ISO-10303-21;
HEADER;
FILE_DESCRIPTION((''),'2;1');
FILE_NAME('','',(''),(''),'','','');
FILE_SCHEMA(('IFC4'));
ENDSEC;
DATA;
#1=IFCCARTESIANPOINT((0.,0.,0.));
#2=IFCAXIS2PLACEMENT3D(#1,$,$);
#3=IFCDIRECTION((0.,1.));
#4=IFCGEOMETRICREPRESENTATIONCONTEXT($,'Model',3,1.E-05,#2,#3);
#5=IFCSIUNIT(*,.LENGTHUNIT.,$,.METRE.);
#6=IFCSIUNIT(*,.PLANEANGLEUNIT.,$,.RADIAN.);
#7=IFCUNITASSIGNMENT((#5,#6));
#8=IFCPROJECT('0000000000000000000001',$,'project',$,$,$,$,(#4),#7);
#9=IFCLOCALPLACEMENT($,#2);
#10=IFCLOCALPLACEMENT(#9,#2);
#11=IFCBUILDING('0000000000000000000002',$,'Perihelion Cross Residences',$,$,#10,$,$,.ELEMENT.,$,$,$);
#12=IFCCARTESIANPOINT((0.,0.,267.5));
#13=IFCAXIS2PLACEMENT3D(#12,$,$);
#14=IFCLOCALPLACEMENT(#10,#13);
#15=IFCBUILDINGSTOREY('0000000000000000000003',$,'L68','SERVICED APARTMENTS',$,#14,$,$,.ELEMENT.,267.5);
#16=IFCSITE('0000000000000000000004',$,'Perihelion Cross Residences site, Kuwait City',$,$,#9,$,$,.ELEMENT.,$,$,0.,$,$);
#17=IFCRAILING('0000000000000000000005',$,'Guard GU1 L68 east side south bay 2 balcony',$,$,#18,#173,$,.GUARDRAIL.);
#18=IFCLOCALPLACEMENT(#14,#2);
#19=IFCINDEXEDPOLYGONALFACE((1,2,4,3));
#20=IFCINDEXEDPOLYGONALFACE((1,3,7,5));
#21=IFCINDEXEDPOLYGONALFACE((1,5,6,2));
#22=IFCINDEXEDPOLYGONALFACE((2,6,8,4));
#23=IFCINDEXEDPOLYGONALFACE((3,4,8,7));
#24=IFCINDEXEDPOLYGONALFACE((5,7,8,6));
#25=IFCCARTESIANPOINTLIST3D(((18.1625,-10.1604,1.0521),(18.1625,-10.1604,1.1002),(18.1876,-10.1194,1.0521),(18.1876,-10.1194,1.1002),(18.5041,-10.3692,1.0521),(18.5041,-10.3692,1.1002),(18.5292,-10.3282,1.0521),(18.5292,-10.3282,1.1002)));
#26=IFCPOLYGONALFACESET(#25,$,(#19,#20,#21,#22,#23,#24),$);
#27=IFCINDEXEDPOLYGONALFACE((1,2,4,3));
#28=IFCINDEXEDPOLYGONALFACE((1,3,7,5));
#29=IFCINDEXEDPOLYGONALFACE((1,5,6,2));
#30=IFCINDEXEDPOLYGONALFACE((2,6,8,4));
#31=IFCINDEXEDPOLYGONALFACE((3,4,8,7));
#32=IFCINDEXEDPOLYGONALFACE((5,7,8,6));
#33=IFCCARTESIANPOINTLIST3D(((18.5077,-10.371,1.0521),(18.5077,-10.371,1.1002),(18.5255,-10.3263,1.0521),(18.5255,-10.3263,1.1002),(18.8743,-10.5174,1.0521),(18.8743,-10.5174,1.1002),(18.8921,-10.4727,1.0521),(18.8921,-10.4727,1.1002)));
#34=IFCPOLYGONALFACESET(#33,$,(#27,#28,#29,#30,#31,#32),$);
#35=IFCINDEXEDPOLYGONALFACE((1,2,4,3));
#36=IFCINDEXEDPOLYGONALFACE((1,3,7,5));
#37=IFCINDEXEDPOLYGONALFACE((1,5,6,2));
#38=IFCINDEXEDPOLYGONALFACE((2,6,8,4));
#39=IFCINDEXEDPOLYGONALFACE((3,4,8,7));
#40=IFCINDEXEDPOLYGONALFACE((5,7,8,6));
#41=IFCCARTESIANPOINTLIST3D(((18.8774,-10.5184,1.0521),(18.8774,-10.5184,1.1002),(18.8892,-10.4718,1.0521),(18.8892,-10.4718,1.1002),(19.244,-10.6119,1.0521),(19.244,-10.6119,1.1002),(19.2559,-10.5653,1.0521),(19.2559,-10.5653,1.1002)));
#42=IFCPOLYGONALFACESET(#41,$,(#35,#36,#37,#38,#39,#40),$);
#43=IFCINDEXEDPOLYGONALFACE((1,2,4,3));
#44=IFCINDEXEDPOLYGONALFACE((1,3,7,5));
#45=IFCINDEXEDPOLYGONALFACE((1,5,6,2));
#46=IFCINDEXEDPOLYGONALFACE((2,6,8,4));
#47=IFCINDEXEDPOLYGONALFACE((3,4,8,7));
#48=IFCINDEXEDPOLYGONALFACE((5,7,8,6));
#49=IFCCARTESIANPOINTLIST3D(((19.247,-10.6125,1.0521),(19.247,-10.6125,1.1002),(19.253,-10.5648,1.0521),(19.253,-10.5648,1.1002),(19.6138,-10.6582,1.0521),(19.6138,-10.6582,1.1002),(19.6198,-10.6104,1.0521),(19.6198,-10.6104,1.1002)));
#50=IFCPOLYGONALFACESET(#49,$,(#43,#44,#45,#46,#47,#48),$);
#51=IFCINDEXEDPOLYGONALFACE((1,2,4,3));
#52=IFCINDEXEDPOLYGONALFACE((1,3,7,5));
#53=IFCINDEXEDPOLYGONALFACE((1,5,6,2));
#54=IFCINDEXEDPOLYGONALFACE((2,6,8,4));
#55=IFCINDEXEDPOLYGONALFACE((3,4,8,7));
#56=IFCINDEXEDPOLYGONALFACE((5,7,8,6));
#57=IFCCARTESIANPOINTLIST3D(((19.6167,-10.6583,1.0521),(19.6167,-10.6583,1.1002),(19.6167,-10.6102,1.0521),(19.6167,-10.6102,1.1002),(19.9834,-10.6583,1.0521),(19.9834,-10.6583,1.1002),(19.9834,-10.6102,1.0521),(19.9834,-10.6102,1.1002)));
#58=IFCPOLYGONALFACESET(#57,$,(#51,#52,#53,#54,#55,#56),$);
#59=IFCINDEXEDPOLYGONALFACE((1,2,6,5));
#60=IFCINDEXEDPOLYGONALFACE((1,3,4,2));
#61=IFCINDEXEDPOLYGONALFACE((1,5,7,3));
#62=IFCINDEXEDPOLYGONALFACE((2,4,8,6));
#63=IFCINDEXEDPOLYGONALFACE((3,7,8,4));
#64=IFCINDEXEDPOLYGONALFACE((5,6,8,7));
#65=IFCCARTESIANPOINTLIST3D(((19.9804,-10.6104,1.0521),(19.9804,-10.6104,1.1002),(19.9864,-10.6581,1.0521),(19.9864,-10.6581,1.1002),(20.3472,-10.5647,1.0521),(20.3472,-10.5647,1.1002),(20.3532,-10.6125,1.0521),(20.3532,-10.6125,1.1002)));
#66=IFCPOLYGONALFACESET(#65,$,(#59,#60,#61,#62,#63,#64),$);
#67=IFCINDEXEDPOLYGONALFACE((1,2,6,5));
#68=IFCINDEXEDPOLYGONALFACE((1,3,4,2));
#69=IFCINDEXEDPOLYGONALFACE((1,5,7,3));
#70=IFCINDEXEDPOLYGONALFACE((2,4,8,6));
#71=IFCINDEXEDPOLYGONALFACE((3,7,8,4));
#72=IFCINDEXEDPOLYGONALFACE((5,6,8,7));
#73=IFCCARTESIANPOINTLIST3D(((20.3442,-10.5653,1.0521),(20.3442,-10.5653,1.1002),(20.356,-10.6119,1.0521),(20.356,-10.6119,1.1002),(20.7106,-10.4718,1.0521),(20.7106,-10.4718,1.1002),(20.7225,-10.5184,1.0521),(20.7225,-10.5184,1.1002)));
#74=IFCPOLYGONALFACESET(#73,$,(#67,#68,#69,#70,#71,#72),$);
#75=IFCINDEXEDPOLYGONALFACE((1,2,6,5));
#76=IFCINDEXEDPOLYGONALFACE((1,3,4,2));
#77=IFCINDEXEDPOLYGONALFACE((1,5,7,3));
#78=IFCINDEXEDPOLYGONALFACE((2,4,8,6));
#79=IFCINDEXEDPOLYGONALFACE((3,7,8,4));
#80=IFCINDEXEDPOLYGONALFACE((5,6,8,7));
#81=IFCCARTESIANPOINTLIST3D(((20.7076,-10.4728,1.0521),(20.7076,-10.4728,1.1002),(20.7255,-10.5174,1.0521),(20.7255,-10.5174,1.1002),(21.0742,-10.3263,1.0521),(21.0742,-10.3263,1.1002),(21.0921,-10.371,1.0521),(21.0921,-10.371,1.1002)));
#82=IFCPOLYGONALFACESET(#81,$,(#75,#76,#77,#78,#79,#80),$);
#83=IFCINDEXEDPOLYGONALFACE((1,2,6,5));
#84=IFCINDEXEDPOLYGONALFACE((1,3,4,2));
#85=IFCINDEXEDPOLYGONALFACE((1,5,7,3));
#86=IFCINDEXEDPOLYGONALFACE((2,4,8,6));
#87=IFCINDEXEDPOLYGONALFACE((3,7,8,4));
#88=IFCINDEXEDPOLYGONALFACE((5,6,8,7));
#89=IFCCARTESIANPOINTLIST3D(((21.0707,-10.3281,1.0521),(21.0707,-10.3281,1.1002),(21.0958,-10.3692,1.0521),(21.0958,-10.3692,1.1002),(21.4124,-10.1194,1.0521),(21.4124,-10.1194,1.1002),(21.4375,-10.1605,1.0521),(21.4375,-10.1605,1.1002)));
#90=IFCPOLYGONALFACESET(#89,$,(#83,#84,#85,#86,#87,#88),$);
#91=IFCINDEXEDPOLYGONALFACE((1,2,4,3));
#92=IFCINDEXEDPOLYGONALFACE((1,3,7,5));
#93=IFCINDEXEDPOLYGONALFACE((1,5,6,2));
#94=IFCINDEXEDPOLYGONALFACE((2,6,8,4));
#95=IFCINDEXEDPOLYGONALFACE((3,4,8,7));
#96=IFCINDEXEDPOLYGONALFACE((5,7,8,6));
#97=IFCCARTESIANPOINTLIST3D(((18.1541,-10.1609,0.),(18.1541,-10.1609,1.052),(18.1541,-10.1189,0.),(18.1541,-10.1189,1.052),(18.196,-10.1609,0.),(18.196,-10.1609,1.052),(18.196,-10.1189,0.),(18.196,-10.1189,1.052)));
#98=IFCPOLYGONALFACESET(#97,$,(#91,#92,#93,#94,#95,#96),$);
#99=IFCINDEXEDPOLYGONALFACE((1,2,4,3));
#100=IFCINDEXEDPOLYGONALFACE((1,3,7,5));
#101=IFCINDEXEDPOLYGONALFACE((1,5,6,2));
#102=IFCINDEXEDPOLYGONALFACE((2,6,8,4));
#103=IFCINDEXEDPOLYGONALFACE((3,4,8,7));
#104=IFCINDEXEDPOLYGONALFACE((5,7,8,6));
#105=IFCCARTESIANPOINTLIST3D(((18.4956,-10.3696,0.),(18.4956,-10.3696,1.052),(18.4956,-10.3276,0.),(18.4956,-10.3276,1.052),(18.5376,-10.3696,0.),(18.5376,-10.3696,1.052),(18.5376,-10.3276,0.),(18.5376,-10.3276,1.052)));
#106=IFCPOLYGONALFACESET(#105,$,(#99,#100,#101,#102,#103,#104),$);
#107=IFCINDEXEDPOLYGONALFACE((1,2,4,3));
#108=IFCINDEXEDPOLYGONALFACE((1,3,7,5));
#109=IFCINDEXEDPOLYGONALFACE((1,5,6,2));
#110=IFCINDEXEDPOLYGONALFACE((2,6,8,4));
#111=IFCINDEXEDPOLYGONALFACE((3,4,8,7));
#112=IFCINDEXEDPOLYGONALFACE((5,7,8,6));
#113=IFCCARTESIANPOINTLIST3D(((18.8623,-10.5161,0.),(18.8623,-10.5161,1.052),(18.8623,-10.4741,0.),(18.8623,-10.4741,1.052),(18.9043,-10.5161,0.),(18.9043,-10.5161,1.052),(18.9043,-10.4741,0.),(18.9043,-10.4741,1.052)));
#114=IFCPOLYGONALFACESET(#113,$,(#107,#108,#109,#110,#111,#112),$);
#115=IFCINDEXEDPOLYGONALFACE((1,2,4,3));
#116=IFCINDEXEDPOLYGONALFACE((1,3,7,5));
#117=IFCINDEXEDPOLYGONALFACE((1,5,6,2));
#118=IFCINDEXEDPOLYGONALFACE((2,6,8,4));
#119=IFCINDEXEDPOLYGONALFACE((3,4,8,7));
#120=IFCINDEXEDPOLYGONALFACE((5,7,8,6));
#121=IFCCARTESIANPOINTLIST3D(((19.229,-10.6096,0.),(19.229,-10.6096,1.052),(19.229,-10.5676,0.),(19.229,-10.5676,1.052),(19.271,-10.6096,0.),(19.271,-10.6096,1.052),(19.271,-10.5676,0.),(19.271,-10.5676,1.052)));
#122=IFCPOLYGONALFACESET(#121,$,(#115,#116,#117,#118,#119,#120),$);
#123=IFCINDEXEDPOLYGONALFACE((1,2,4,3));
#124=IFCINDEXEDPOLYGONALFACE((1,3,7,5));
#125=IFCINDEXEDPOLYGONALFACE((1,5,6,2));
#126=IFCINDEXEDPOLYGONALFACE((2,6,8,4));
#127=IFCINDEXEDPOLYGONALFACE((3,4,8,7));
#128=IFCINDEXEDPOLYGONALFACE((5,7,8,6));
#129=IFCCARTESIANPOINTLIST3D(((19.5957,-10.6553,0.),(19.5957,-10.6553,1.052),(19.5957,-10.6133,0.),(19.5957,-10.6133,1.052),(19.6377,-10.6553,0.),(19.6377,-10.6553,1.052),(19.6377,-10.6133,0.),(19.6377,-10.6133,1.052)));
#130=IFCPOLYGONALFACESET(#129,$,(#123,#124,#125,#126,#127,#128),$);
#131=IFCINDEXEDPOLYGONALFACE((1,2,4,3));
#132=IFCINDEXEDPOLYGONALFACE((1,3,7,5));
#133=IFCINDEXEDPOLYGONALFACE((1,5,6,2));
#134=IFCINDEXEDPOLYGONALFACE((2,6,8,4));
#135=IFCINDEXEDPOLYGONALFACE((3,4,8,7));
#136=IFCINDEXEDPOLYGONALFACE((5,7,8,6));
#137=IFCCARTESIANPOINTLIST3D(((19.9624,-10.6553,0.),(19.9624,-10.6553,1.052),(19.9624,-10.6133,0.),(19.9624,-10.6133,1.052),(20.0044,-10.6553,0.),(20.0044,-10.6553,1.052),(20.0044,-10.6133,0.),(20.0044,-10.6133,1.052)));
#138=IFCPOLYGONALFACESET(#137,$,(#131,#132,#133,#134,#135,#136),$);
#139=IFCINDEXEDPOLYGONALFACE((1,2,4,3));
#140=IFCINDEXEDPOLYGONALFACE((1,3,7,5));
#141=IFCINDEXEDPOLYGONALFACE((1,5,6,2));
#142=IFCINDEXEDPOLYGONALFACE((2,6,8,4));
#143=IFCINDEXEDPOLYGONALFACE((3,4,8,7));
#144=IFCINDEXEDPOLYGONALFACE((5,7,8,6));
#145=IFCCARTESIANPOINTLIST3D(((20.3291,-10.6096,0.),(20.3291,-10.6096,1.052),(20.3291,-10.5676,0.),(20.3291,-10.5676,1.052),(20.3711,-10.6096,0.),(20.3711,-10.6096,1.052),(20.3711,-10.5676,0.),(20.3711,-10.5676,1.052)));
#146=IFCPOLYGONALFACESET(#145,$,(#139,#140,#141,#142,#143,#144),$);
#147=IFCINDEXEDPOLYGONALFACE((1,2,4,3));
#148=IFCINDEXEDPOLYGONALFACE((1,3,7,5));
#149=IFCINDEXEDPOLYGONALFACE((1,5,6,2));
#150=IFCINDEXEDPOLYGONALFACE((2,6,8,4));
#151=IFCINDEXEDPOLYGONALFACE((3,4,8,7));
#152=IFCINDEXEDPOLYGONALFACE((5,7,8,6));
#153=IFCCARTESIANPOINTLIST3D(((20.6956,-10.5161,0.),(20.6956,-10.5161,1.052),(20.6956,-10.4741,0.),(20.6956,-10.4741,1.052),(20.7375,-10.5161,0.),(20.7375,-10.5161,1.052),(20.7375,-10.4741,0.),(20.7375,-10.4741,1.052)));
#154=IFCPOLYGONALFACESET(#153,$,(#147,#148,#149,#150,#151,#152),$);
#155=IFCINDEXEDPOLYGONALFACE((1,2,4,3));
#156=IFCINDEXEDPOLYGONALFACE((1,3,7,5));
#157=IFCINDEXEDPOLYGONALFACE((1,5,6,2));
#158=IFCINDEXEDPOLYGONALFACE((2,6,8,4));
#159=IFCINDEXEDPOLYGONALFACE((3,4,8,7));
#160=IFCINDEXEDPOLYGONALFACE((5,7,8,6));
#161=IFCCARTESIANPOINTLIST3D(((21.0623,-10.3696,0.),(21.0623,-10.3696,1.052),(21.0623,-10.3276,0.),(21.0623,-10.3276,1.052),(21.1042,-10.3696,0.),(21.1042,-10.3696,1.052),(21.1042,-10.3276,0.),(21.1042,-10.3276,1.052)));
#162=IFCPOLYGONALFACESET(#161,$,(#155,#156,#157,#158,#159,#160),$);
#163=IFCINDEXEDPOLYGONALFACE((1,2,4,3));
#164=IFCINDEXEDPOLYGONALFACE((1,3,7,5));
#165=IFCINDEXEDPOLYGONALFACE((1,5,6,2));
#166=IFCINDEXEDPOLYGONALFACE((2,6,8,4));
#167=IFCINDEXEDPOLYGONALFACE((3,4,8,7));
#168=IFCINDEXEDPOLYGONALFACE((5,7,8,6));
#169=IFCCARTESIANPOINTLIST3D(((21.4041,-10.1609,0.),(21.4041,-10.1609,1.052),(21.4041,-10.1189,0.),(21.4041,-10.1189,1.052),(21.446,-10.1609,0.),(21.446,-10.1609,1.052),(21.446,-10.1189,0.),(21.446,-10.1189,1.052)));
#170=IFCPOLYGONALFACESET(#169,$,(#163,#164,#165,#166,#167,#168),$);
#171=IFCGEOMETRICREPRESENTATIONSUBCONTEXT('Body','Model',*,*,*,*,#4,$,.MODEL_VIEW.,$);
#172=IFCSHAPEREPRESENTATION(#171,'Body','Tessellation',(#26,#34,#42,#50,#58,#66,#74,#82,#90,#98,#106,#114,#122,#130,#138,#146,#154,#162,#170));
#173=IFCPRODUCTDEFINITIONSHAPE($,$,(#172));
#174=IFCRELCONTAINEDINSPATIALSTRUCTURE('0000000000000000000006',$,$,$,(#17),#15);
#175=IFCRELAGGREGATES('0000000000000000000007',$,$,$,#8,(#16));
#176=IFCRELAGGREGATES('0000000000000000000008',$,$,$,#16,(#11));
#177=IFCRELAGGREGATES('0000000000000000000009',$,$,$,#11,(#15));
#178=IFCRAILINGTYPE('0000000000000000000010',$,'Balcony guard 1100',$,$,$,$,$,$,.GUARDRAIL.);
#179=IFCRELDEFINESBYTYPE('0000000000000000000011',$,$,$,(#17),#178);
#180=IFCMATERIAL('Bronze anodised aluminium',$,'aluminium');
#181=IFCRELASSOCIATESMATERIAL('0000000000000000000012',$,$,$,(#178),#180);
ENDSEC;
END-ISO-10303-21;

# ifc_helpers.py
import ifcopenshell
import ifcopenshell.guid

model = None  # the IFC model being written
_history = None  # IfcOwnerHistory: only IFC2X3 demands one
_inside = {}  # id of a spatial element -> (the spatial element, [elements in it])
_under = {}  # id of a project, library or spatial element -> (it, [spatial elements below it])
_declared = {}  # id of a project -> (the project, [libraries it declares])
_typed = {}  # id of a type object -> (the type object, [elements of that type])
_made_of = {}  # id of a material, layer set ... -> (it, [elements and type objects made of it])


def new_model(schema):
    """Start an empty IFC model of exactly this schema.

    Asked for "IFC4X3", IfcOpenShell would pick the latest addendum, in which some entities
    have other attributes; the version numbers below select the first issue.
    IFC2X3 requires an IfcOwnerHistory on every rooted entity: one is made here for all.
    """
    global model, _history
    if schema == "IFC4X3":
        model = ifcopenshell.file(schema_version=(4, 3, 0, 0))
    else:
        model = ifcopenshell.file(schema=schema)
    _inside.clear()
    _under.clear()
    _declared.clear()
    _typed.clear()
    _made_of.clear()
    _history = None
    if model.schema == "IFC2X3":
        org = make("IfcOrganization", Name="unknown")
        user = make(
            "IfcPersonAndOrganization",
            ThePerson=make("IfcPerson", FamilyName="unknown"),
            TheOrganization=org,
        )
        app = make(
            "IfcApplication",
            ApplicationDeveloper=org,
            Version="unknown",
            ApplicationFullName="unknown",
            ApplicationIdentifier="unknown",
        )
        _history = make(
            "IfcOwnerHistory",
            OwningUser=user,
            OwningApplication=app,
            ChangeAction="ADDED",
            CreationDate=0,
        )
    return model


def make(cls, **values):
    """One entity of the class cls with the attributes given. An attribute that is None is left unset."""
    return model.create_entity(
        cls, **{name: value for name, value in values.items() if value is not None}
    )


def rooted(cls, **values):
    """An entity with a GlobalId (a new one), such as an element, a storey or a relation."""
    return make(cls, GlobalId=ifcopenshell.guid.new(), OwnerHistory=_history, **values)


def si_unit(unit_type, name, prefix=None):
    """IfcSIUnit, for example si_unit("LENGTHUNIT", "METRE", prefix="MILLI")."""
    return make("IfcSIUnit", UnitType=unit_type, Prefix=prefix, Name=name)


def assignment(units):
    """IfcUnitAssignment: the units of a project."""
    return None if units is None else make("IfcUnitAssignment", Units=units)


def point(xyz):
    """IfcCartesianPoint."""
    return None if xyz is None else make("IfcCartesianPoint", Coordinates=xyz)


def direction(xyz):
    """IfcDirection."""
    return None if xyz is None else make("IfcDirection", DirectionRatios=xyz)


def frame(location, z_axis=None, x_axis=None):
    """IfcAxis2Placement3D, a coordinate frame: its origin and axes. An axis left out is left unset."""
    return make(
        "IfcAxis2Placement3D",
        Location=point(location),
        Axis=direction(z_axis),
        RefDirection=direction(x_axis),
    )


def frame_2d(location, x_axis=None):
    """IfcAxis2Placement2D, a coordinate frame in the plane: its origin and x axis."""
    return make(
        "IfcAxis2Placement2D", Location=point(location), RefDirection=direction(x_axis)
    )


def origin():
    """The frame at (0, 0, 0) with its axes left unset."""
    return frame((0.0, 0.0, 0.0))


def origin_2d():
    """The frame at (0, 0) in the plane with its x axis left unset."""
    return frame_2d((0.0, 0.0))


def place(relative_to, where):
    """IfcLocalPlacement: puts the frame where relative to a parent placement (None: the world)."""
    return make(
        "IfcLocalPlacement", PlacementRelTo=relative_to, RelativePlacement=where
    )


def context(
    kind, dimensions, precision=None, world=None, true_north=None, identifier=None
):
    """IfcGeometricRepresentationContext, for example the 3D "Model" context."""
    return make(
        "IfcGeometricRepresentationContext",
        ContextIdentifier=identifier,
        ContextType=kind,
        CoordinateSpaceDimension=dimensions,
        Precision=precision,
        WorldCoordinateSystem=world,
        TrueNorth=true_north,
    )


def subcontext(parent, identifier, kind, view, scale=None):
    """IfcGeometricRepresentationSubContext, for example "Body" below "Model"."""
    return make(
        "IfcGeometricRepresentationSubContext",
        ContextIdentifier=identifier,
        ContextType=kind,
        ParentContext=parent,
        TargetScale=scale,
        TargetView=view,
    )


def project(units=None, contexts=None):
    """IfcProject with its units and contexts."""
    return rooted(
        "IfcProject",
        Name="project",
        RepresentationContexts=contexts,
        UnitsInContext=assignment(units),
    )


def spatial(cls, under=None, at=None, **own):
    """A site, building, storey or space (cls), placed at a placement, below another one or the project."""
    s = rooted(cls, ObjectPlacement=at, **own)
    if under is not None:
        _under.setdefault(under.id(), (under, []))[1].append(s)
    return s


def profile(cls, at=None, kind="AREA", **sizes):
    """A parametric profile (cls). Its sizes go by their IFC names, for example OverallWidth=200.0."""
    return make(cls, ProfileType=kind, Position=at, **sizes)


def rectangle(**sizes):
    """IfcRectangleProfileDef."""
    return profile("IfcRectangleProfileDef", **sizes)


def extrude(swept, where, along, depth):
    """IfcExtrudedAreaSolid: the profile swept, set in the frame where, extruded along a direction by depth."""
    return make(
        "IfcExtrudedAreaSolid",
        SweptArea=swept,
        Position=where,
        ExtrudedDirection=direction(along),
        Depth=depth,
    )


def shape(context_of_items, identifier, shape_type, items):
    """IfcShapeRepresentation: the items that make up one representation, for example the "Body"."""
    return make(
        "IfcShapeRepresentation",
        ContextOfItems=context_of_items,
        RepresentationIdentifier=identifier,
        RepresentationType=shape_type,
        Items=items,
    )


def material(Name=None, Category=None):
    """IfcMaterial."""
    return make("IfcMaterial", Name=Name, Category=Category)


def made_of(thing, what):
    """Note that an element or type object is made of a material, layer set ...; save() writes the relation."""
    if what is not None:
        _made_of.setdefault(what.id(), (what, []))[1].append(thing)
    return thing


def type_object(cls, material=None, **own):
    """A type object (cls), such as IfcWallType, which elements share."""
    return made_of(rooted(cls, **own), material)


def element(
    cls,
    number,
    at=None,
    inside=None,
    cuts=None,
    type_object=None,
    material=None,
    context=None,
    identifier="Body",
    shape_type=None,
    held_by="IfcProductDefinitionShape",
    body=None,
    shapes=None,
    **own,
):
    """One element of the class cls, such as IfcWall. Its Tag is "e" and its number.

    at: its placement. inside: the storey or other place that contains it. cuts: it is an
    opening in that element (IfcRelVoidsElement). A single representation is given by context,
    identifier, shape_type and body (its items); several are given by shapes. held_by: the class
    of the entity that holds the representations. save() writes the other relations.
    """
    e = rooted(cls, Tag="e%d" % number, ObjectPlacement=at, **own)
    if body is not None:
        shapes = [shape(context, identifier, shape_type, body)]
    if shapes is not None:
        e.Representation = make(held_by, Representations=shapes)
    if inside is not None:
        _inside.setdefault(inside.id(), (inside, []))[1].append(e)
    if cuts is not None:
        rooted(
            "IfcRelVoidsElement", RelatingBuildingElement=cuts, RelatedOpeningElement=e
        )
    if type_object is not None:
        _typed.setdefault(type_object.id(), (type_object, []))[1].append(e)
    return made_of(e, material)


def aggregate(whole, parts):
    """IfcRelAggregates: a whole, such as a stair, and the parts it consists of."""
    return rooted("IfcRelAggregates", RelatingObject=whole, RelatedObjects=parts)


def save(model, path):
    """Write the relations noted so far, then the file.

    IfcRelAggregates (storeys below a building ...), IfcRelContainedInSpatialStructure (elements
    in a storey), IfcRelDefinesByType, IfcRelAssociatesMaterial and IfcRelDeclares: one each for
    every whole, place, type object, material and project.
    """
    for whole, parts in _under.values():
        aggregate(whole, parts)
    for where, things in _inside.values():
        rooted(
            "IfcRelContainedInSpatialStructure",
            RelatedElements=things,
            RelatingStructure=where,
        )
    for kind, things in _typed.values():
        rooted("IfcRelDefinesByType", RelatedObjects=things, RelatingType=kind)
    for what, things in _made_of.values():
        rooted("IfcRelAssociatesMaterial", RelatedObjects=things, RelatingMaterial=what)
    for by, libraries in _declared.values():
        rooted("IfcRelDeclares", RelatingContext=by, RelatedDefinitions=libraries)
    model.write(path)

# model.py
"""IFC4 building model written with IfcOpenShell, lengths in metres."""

from ifc_helpers import new_model, si_unit, direction, frame, origin, origin_2d, place, context, subcontext, project, spatial, rectangle, extrude, material, type_object, element, save


model = new_model("IFC4")

# Units and contexts
model_context = context("Model", 3, precision=1e-05, world=origin(), true_north=direction((0.0, 1.0)))
body_context = subcontext(model_context, "Body", "Model", "MODEL_VIEW")
ifc_project = project(units=[si_unit("LENGTHUNIT", "METRE"), si_unit("PLANEANGLEUNIT", "RADIAN")], contexts=[model_context])

# Site, building, storey
site_placement = place(None, origin())
site = spatial("IfcSite", under=ifc_project, at=site_placement, Name="Perihelion Cross Residences site, Kuwait City", CompositionType="ELEMENT", RefElevation=0.0)
building_placement = place(site_placement, origin())
building = spatial("IfcBuilding", under=site, at=building_placement, Name="Perihelion Cross Residences", CompositionType="ELEMENT")
storey_placement = place(building_placement, frame((0.0, 0.0, 267.5)))
storey = spatial("IfcBuildingStorey", under=building, at=storey_placement, Name="L68", Description="SERVICED APARTMENTS", CompositionType="ELEMENT", Elevation=267.5)

# Railing
ifc_material_1 = material(Name="Bronze anodised aluminium", Category="aluminium")
railing_type = type_object("IfcRailingType", Name="Balcony guard 1100", PredefinedType="GUARDRAIL", material=ifc_material_1)
railing_placement = place(storey_placement, frame((18.175, -10.1399, 0.0)))
element("IfcRailing", 1, at=railing_placement, inside=storey, type_object=railing_type, Name="Guard GU1 L68 east side south bay 2 balcony", PredefinedType="GUARDRAIL", context=body_context, shape_type="SweptSolid", body=[
    extrude(rectangle(XDim=0.0481, YDim=0.0481, at=origin_2d()), frame((0.0, 0.0, 1.0762), z_axis=(0.853267, -0.521475, 0.0), x_axis=(0.521475, 0.853267, 0.0)), (0.0, 0.0, 1.0), 0.4004),
    extrude(rectangle(XDim=0.0481, YDim=0.0481, at=origin_2d()), frame((0.3416, -0.2087, 1.0762), z_axis=(0.928647, -0.370964, 0.0), x_axis=(0.370964, 0.928647, 0.0)), (0.0, 0.0, 1.0), 0.3948),
    extrude(rectangle(XDim=0.0481, YDim=0.0481, at=origin_2d()), frame((0.7083, -0.3552, 1.0762), z_axis=(0.968993, -0.247087, 0.0), x_axis=(0.247087, 0.968993, 0.0)), (0.0, 0.0, 1.0), 0.3784),
    extrude(rectangle(XDim=0.0481, YDim=0.0481, at=origin_2d()), frame((1.075, -0.4487, 1.0762), z_axis=(0.992339, -0.123547, 0.0), x_axis=(0.123547, 0.992339, 0.0)), (0.0, 0.0, 1.0), 0.3696),
    extrude(rectangle(XDim=0.0481, YDim=0.0481, at=origin_2d()), frame((1.4417, -0.4944, 1.0762), z_axis=(1.0, 0.0, 0.0), x_axis=(0.0, 1.0, 0.0)), (0.0, 0.0, 1.0), 0.3667),
    extrude(rectangle(XDim=0.0481, YDim=0.0481, at=origin_2d()), frame((1.8083, -0.4944, 1.0762), z_axis=(0.992339, 0.123547, 0.0), x_axis=(-0.123547, 0.992339, 0.0)), (0.0, 0.0, 1.0), 0.3696),
    extrude(rectangle(XDim=0.0481, YDim=0.0481, at=origin_2d()), frame((2.175, -0.4487, 1.0762), z_axis=(0.968954, 0.247241, 0.0), x_axis=(-0.247241, 0.968954, 0.0)), (0.0, 0.0, 1.0), 0.3782),
    extrude(rectangle(XDim=0.0481, YDim=0.0481, at=origin_2d()), frame((2.5415, -0.3552, 1.0762), z_axis=(0.928647, 0.370964, 0.0), x_axis=(-0.370964, 0.928647, 0.0)), (0.0, 0.0, 1.0), 0.3948),
    extrude(rectangle(XDim=0.0481, YDim=0.0481, at=origin_2d()), frame((2.9082, -0.2087, 1.0762), z_axis=(0.853432, 0.521203, 0.0), x_axis=(-0.521203, 0.853432, 0.0)), (0.0, 0.0, 1.0), 0.4004),
    extrude(rectangle(XDim=0.042, YDim=0.042, at=origin_2d()), origin(), (0.0, 0.0, 1.0), 1.052),
    extrude(rectangle(XDim=0.042, YDim=0.042, at=origin_2d()), frame((0.3416, -0.2087, 0.0)), (0.0, 0.0, 1.0), 1.052),
    extrude(rectangle(XDim=0.042, YDim=0.042, at=origin_2d()), frame((0.7083, -0.3552, 0.0)), (0.0, 0.0, 1.0), 1.052),
    extrude(rectangle(XDim=0.042, YDim=0.042, at=origin_2d()), frame((1.075, -0.4487, 0.0)), (0.0, 0.0, 1.0), 1.052),
    extrude(rectangle(XDim=0.042, YDim=0.042, at=origin_2d()), frame((1.4417, -0.4944, 0.0)), (0.0, 0.0, 1.0), 1.052),
    extrude(rectangle(XDim=0.042, YDim=0.042, at=origin_2d()), frame((1.8083, -0.4944, 0.0)), (0.0, 0.0, 1.0), 1.052),
    extrude(rectangle(XDim=0.042, YDim=0.042, at=origin_2d()), frame((2.175, -0.4487, 0.0)), (0.0, 0.0, 1.0), 1.052),
    extrude(rectangle(XDim=0.042, YDim=0.042, at=origin_2d()), frame((2.5415, -0.3552, 0.0)), (0.0, 0.0, 1.0), 1.052),
    extrude(rectangle(XDim=0.042, YDim=0.042, at=origin_2d()), frame((2.9082, -0.2087, 0.0)), (0.0, 0.0, 1.0), 1.052),
    extrude(rectangle(XDim=0.042, YDim=0.042, at=origin_2d()), frame((3.25, 0.0, 0.0)), (0.0, 0.0, 1.0), 1.052),
])

save(model, "model.ifc")
